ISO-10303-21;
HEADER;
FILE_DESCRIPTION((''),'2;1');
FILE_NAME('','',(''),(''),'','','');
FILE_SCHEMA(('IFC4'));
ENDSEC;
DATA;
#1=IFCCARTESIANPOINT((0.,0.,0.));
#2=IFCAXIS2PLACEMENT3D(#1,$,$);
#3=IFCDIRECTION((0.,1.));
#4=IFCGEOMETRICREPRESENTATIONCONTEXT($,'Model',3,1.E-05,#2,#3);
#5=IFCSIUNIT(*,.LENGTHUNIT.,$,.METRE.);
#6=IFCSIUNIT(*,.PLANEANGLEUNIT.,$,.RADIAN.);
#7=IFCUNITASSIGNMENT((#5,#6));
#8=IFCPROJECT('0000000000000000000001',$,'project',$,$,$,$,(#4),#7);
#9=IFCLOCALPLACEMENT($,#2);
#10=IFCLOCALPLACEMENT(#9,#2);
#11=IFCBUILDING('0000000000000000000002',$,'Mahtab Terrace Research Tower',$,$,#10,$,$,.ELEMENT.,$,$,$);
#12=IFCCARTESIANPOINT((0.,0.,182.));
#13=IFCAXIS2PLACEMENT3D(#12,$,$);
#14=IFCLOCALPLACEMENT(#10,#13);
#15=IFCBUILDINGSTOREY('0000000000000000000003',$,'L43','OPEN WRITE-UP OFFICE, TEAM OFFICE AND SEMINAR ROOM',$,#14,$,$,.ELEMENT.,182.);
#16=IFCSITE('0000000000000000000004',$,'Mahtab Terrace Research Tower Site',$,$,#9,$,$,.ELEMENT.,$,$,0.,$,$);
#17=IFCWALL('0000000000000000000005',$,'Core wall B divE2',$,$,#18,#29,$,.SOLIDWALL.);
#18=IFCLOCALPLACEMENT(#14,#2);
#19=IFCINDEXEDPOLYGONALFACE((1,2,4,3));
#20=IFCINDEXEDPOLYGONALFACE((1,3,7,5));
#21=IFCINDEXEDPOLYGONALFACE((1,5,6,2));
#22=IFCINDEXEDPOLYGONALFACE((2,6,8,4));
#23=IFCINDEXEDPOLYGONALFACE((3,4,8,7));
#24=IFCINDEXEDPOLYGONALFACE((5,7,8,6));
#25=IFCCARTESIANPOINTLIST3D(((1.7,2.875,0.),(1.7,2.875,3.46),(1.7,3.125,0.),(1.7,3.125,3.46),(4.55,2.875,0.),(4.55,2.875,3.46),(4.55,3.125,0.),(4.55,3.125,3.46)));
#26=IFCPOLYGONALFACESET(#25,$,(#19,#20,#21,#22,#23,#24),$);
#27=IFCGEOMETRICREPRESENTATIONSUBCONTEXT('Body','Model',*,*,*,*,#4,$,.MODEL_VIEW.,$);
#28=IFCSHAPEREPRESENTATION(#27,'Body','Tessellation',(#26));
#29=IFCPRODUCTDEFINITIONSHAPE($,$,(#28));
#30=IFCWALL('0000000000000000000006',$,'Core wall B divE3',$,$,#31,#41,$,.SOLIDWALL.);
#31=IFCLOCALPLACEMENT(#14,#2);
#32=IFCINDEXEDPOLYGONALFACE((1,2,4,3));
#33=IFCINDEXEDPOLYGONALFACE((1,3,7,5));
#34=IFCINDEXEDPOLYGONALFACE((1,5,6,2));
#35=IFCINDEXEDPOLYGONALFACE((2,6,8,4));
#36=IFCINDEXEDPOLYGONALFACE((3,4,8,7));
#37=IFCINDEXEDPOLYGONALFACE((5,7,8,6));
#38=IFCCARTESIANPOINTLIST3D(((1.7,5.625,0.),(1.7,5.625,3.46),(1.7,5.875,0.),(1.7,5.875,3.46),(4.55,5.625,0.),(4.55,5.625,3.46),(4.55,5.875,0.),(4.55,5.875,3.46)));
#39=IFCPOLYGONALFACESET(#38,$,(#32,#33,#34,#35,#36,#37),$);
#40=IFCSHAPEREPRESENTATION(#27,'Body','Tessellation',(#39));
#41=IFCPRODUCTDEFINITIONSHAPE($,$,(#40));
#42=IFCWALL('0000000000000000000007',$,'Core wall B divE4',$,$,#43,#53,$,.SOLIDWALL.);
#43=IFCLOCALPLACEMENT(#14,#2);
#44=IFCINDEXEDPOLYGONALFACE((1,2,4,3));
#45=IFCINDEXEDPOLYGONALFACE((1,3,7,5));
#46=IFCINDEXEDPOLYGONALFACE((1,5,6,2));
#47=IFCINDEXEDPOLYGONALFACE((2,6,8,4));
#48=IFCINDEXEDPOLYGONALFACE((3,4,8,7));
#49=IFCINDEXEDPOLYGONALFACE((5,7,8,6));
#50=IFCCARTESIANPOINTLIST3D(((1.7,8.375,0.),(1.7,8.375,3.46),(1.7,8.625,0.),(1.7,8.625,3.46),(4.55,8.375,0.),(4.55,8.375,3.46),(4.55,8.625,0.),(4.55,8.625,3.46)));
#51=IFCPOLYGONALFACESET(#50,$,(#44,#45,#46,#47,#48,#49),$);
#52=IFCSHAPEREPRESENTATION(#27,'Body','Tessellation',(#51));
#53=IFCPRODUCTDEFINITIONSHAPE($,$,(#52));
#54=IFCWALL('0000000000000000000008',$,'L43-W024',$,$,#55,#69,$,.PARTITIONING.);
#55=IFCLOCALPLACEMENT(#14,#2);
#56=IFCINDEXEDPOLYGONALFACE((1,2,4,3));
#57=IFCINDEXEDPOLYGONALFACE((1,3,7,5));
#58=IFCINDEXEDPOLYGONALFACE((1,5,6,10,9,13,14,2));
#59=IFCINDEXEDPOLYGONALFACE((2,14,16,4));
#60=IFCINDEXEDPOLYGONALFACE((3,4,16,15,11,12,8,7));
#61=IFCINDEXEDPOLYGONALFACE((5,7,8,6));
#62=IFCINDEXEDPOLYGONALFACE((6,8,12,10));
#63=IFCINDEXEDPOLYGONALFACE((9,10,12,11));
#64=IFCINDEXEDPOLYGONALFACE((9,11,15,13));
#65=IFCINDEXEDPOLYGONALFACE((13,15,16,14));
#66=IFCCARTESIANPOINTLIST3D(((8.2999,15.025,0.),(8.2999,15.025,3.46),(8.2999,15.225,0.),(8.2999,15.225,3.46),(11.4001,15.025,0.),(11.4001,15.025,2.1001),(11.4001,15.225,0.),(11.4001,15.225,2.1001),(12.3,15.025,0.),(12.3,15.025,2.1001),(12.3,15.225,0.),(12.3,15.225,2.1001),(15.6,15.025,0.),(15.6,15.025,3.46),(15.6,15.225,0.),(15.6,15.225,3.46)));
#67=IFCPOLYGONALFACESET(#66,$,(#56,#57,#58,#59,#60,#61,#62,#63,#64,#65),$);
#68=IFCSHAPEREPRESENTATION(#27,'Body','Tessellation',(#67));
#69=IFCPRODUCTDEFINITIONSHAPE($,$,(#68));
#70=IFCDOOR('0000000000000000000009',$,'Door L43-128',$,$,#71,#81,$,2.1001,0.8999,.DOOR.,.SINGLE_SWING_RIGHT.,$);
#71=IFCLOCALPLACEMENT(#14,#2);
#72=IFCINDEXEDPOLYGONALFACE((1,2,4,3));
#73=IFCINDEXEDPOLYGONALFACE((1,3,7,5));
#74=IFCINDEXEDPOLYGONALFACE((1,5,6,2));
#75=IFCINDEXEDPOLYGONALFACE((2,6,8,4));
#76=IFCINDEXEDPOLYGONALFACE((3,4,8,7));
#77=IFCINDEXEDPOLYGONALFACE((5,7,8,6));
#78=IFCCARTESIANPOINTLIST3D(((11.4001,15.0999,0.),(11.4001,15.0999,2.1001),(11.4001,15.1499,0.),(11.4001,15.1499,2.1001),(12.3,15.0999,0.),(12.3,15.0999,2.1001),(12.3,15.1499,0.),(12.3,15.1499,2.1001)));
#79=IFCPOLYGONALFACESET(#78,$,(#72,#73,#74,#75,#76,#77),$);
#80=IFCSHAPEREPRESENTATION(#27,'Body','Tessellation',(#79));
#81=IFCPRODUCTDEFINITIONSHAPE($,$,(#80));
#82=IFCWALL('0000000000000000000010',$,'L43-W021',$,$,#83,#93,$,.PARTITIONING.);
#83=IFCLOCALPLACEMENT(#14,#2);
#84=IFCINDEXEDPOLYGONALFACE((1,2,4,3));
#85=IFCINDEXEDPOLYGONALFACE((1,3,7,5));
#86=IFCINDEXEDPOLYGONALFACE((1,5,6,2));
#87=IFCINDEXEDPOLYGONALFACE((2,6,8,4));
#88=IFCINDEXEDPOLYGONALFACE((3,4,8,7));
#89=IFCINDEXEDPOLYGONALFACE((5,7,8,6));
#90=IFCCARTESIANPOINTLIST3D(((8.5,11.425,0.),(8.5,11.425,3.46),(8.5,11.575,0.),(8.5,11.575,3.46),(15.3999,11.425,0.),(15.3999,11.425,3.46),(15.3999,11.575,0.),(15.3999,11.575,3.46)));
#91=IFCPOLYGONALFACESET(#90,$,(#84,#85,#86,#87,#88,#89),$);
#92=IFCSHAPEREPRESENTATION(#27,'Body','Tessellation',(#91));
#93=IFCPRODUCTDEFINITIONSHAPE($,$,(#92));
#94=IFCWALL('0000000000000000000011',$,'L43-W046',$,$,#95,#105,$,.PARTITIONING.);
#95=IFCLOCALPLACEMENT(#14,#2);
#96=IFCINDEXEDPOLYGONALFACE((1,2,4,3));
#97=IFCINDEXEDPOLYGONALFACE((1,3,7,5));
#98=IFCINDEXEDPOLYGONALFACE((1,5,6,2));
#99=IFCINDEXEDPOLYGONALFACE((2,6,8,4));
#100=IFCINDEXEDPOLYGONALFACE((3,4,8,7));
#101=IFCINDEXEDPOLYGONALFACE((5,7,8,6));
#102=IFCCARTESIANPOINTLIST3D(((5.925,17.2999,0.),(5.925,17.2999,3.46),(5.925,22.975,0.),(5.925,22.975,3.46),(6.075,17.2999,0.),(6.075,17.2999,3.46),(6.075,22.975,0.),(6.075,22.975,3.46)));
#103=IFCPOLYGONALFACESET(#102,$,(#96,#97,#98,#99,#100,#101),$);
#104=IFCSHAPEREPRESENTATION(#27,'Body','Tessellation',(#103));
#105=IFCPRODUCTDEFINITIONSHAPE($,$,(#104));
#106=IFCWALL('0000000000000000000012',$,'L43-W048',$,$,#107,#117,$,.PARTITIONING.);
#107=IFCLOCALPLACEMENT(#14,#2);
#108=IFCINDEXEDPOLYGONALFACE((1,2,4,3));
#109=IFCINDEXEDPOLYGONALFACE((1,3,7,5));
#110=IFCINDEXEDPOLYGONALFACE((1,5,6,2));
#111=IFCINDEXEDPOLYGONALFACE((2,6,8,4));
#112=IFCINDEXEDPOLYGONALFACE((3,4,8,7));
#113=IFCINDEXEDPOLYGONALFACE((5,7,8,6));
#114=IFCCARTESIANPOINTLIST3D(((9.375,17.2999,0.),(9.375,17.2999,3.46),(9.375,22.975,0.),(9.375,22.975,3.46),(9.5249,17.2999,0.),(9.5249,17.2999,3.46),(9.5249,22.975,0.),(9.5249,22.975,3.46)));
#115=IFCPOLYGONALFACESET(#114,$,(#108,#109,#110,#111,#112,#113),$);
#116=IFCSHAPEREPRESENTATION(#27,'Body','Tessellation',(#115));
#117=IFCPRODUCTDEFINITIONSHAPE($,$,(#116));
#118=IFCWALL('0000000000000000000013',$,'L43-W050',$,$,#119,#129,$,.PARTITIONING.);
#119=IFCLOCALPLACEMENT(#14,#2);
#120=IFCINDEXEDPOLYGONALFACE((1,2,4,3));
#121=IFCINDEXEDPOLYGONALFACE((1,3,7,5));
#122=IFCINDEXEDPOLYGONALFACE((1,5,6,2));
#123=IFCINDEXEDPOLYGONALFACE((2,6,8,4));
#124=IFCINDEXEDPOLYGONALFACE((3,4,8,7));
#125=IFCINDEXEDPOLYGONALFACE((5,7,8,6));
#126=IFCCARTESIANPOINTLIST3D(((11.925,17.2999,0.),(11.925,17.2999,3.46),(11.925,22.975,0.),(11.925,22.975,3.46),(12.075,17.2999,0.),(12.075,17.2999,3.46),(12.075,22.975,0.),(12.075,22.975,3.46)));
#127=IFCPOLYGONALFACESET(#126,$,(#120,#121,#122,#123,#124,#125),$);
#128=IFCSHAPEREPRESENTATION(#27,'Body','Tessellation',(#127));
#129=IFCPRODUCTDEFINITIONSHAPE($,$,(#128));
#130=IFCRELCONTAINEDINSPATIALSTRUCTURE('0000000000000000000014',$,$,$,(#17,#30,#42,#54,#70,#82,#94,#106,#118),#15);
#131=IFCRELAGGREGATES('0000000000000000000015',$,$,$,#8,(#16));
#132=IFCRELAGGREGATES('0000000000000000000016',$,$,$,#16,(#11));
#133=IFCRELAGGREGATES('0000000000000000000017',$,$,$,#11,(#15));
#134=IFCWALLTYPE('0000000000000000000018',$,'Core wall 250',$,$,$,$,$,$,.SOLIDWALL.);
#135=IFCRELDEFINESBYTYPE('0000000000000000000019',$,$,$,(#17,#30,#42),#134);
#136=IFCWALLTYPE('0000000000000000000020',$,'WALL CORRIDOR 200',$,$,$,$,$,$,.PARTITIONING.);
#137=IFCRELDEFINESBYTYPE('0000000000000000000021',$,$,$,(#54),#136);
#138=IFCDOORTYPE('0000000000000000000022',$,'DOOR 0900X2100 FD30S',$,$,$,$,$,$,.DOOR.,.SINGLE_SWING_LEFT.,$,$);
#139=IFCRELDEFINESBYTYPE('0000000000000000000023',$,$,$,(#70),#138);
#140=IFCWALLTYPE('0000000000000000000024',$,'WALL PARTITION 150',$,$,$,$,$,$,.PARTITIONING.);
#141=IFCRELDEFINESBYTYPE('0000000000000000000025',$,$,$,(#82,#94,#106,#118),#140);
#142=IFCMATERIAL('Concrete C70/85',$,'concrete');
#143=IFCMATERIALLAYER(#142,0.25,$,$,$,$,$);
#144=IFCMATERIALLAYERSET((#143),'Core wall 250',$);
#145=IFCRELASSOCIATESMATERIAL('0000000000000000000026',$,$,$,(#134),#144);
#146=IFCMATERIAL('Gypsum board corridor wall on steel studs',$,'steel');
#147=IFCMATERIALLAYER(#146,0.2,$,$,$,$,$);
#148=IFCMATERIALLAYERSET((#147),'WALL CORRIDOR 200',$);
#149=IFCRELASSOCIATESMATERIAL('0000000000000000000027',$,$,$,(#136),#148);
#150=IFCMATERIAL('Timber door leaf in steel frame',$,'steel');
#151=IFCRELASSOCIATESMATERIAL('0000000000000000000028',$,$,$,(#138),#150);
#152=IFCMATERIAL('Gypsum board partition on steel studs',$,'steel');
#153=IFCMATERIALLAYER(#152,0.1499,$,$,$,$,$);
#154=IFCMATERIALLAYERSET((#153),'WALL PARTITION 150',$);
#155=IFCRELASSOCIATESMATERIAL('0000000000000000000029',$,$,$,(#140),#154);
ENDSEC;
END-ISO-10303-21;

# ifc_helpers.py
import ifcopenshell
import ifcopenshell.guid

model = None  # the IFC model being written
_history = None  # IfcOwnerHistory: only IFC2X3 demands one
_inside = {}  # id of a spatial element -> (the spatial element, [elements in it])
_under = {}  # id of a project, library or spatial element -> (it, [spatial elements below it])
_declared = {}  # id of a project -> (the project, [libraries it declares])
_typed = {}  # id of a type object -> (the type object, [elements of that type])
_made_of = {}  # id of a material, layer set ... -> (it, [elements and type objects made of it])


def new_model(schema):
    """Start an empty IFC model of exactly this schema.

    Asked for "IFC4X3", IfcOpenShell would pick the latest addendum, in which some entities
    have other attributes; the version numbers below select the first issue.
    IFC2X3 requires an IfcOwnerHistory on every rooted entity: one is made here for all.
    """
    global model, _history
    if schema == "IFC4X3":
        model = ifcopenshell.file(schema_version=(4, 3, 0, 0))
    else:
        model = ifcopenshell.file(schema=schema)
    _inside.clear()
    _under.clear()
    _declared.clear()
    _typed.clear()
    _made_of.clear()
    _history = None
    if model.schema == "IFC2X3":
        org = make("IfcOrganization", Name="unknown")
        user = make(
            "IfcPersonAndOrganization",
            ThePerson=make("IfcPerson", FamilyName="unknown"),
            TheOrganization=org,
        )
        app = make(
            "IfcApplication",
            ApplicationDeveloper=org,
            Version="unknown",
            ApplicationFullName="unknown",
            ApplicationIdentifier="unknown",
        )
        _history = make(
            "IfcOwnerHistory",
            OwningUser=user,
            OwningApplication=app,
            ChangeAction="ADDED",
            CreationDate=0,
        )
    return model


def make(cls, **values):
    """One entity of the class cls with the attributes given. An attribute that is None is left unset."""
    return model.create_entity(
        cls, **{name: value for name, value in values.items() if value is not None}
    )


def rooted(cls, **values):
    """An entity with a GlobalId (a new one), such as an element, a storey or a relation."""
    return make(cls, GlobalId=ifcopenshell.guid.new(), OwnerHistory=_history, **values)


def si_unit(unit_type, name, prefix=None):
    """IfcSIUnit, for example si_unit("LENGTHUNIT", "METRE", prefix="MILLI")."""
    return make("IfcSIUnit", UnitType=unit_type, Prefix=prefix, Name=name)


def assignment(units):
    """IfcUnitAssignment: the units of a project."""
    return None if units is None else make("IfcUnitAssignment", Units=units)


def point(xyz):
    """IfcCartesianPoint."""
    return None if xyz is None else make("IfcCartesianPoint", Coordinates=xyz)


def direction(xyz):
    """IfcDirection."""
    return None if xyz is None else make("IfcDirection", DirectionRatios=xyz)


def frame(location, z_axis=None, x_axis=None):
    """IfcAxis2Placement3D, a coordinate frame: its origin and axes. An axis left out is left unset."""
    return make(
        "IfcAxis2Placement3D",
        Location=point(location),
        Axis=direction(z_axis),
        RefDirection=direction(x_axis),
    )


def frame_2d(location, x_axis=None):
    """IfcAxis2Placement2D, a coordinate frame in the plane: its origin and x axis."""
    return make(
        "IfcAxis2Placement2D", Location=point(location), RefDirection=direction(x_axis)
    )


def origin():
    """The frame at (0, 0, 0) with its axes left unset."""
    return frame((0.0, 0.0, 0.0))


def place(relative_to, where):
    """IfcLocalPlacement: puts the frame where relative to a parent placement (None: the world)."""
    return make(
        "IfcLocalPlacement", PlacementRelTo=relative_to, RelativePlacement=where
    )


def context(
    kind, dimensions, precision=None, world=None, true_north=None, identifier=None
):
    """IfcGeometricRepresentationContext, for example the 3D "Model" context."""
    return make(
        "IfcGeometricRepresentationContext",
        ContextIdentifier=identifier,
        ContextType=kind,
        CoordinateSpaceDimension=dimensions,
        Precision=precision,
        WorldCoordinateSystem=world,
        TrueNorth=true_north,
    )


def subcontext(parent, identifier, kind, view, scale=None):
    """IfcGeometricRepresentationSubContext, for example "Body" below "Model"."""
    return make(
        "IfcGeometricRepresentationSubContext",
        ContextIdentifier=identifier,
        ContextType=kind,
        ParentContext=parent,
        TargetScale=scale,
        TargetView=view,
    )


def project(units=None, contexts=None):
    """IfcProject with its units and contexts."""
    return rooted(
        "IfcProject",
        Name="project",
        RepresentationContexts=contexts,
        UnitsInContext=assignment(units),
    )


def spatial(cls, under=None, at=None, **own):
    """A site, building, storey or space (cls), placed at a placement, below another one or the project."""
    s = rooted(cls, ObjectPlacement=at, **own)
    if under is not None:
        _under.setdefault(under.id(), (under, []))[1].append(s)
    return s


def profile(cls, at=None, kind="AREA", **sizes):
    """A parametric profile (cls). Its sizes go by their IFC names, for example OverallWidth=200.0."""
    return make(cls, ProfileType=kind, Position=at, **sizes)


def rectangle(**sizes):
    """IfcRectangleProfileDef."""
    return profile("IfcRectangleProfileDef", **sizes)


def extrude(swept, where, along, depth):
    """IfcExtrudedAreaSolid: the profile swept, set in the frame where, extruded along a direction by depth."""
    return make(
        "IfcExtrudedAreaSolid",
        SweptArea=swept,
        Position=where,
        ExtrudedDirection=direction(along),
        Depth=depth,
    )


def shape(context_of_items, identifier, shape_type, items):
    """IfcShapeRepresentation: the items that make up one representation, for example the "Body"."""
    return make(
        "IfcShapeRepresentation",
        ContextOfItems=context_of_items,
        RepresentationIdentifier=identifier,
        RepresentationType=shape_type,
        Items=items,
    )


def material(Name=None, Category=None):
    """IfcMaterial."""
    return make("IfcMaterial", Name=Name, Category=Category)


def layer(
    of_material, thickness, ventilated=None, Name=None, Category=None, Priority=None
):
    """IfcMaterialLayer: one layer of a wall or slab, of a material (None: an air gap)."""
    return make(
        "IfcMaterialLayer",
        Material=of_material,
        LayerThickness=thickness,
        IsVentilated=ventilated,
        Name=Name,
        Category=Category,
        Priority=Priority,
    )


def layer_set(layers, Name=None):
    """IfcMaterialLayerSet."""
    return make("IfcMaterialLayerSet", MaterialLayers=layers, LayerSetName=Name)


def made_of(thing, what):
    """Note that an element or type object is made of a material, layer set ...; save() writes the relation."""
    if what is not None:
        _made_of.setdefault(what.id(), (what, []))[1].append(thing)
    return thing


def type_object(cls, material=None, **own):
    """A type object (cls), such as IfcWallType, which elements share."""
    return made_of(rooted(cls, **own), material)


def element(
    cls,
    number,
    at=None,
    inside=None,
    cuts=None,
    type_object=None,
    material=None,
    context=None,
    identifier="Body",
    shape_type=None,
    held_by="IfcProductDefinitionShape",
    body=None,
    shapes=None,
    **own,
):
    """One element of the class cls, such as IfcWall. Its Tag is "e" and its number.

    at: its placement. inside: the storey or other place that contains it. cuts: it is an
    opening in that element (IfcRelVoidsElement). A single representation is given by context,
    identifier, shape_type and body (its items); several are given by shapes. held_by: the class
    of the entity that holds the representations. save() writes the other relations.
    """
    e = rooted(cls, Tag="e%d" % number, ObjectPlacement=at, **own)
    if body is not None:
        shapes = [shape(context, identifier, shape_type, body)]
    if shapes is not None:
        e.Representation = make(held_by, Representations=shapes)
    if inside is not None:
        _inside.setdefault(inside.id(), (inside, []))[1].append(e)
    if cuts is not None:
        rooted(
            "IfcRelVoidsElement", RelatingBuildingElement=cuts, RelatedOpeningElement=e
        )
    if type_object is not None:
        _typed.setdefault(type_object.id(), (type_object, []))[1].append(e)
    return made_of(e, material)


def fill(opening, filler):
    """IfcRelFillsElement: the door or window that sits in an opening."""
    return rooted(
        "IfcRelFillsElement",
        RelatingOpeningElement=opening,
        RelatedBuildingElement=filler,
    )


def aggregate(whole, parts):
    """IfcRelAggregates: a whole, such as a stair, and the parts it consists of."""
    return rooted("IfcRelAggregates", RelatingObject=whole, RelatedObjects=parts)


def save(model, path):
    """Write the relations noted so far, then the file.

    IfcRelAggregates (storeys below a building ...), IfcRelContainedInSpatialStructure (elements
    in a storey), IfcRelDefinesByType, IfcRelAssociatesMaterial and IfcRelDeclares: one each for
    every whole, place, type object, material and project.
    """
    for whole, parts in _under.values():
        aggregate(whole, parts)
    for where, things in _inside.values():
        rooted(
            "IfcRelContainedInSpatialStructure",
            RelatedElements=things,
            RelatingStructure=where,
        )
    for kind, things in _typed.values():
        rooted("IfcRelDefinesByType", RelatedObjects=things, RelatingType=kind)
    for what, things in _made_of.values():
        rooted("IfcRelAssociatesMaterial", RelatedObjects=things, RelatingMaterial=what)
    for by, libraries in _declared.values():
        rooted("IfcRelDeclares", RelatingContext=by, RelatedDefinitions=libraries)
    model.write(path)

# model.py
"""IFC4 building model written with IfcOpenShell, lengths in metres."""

from ifc_helpers import new_model, si_unit, direction, frame, frame_2d, origin, place, context, subcontext, project, spatial, rectangle, extrude, material, layer, layer_set, type_object, element, fill, save


model = new_model("IFC4")

# Units and contexts
model_context = context("Model", 3, precision=1e-05, world=origin(), true_north=direction((0.0, 1.0)))
body_context = subcontext(model_context, "Body", "Model", "MODEL_VIEW")
ifc_project = project(units=[si_unit("LENGTHUNIT", "METRE"), si_unit("PLANEANGLEUNIT", "RADIAN")], contexts=[model_context])

# Site, building, storey
site_placement = place(None, origin())
site = spatial("IfcSite", under=ifc_project, at=site_placement, Name="Mahtab Terrace Research Tower Site", CompositionType="ELEMENT", RefElevation=0.0)
building_placement = place(site_placement, origin())
building = spatial("IfcBuilding", under=site, at=building_placement, Name="Mahtab Terrace Research Tower", CompositionType="ELEMENT")
storey_placement = place(building_placement, frame((0.0, 0.0, 182.0)))
storey = spatial("IfcBuildingStorey", under=building, at=storey_placement, Name="L43", Description="OPEN WRITE-UP OFFICE, TEAM OFFICE AND SEMINAR ROOM", CompositionType="ELEMENT", Elevation=182.0)

# Shared definitions
ifc_material_1 = material(Name="Concrete C70/85", Category="concrete")

# Shared definitions
ifc_layer_1 = layer(ifc_material_1, 0.25)
ifc_layer_set_1 = layer_set([ifc_layer_1], Name="Core wall 250")
wall_type_1 = type_object("IfcWallType", Name="Core wall 250", PredefinedType="SOLIDWALL", material=ifc_layer_set_1)

# Walls
for number, where, z_axis, x_axis, name in (
    (1, (1.7, 3.0, 0.0), (0.0, 0.0, 1.0), (1.0, 0.0, 0.0), "Core wall B divE2"),
    (2, (1.7, 5.75, 0.0), (0.0, 0.0, 1.0), (1.0, 0.0, 0.0), "Core wall B divE3"),
    (3, (1.7, 8.5, 0.0), (0.0, 0.0, 1.0), (1.0, 0.0, 0.0), "Core wall B divE4"),
):
    element("IfcWall", number, at=place(storey_placement, frame(where, z_axis=z_axis, x_axis=x_axis)), inside=storey, type_object=wall_type_1, Name=name, PredefinedType="SOLIDWALL", context=body_context, shape_type="SweptSolid", body=[
        extrude(rectangle(XDim=2.8501, YDim=0.25, at=frame_2d((1.425, 0.0))), origin(), (0.0, 0.0, 1.0), 3.46),
    ])

# Wall, opening, door
ifc_material_2 = material(Name="Gypsum board corridor wall on steel studs", Category="steel")
ifc_layer_2 = layer(ifc_material_2, 0.2)
ifc_layer_set_2 = layer_set([ifc_layer_2], Name="WALL CORRIDOR 200")
wall_type_2 = type_object("IfcWallType", Name="WALL CORRIDOR 200", PredefinedType="PARTITIONING", material=ifc_layer_set_2)
wall_1_placement = place(storey_placement, frame((8.3, 15.125, 0.0), z_axis=(0.0, 0.0, 1.0), x_axis=(1.0, 0.0, 0.0)))
wall_1 = element("IfcWall", 4, at=wall_1_placement, inside=storey, type_object=wall_type_2, Name="L43-W024", PredefinedType="PARTITIONING", context=body_context, shape_type="SweptSolid", body=[
    extrude(rectangle(XDim=7.3, YDim=0.2, at=frame_2d((3.6499, 0.0))), origin(), (0.0, 0.0, 1.0), 3.46),
])
opening_1_placement = place(wall_1_placement, frame((3.1001, 0.0, 0.0)))
opening_1 = element("IfcOpeningElement", 5, at=opening_1_placement, cuts=wall_1, PredefinedType="OPENING", context=body_context, shape_type="SweptSolid", body=[
    extrude(rectangle(XDim=0.8999, YDim=2.1001, at=frame_2d((0.45, 1.05))), frame((0.0, 0.1099, 0.0), z_axis=(0.0, -1.0, 0.0), x_axis=(1.0, 0.0, 0.0)), (0.0, 0.0, 1.0), 0.22),
])
ifc_material_3 = material(Name="Timber door leaf in steel frame", Category="steel")
door_type_1 = type_object("IfcDoorType", Name="DOOR 0900X2100 FD30S", OperationType="SINGLE_SWING_LEFT", PredefinedType="DOOR", material=ifc_material_3)
door_1_placement = place(opening_1_placement, origin())
door_1 = element("IfcDoor", 6, at=door_1_placement, inside=storey, type_object=door_type_1, Name="Door L43-128", OperationType="SINGLE_SWING_RIGHT", OverallHeight=2.1001, OverallWidth=0.8999, PredefinedType="DOOR", context=body_context, shape_type="SweptSolid", body=[
    extrude(rectangle(XDim=0.8999, YDim=2.1001, at=frame_2d((0.45, 1.05))), frame((0.0, 0.0249, 0.0), z_axis=(0.0, -1.0, 0.0), x_axis=(1.0, 0.0, 0.0)), (0.0, 0.0, 1.0), 0.05),
])
fill(opening_1, door_1)

# Walls
ifc_material_4 = material(Name="Gypsum board partition on steel studs", Category="steel")
ifc_layer_3 = layer(ifc_material_4, 0.1499)
ifc_layer_set_3 = layer_set([ifc_layer_3], Name="WALL PARTITION 150")
wall_type_3 = type_object("IfcWallType", Name="WALL PARTITION 150", PredefinedType="PARTITIONING", material=ifc_layer_set_3)
wall_2_placement = place(storey_placement, frame((8.5, 11.5, 0.0), z_axis=(0.0, 0.0, 1.0), x_axis=(1.0, 0.0, 0.0)))
element("IfcWall", 7, at=wall_2_placement, inside=storey, type_object=wall_type_3, Name="L43-W021", PredefinedType="PARTITIONING", context=body_context, shape_type="SweptSolid", body=[
    extrude(rectangle(XDim=6.8999, YDim=0.1499, at=frame_2d((3.45, 0.0))), origin(), (0.0, 0.0, 1.0), 3.46),
])
for number, where, z_axis, x_axis, name in (
    (8, (6.0, 17.3, 0.0), (0.0, 0.0, 1.0), (0.0, 1.0, 0.0), "L43-W046"),
    (9, (9.45, 17.3, 0.0), (0.0, 0.0, 1.0), (0.0, 1.0, 0.0), "L43-W048"),
    (10, (12.0, 17.3, 0.0), (0.0, 0.0, 1.0), (0.0, 1.0, 0.0), "L43-W050"),
):
    element("IfcWall", number, at=place(storey_placement, frame(where, z_axis=z_axis, x_axis=x_axis)), inside=storey, type_object=wall_type_3, Name=name, PredefinedType="PARTITIONING", context=body_context, shape_type="SweptSolid", body=[
        extrude(rectangle(XDim=5.675, YDim=0.1499, at=frame_2d((2.8374, 0.0))), origin(), (0.0, 0.0, 1.0), 3.46),
    ])

save(model, "model.ifc")
